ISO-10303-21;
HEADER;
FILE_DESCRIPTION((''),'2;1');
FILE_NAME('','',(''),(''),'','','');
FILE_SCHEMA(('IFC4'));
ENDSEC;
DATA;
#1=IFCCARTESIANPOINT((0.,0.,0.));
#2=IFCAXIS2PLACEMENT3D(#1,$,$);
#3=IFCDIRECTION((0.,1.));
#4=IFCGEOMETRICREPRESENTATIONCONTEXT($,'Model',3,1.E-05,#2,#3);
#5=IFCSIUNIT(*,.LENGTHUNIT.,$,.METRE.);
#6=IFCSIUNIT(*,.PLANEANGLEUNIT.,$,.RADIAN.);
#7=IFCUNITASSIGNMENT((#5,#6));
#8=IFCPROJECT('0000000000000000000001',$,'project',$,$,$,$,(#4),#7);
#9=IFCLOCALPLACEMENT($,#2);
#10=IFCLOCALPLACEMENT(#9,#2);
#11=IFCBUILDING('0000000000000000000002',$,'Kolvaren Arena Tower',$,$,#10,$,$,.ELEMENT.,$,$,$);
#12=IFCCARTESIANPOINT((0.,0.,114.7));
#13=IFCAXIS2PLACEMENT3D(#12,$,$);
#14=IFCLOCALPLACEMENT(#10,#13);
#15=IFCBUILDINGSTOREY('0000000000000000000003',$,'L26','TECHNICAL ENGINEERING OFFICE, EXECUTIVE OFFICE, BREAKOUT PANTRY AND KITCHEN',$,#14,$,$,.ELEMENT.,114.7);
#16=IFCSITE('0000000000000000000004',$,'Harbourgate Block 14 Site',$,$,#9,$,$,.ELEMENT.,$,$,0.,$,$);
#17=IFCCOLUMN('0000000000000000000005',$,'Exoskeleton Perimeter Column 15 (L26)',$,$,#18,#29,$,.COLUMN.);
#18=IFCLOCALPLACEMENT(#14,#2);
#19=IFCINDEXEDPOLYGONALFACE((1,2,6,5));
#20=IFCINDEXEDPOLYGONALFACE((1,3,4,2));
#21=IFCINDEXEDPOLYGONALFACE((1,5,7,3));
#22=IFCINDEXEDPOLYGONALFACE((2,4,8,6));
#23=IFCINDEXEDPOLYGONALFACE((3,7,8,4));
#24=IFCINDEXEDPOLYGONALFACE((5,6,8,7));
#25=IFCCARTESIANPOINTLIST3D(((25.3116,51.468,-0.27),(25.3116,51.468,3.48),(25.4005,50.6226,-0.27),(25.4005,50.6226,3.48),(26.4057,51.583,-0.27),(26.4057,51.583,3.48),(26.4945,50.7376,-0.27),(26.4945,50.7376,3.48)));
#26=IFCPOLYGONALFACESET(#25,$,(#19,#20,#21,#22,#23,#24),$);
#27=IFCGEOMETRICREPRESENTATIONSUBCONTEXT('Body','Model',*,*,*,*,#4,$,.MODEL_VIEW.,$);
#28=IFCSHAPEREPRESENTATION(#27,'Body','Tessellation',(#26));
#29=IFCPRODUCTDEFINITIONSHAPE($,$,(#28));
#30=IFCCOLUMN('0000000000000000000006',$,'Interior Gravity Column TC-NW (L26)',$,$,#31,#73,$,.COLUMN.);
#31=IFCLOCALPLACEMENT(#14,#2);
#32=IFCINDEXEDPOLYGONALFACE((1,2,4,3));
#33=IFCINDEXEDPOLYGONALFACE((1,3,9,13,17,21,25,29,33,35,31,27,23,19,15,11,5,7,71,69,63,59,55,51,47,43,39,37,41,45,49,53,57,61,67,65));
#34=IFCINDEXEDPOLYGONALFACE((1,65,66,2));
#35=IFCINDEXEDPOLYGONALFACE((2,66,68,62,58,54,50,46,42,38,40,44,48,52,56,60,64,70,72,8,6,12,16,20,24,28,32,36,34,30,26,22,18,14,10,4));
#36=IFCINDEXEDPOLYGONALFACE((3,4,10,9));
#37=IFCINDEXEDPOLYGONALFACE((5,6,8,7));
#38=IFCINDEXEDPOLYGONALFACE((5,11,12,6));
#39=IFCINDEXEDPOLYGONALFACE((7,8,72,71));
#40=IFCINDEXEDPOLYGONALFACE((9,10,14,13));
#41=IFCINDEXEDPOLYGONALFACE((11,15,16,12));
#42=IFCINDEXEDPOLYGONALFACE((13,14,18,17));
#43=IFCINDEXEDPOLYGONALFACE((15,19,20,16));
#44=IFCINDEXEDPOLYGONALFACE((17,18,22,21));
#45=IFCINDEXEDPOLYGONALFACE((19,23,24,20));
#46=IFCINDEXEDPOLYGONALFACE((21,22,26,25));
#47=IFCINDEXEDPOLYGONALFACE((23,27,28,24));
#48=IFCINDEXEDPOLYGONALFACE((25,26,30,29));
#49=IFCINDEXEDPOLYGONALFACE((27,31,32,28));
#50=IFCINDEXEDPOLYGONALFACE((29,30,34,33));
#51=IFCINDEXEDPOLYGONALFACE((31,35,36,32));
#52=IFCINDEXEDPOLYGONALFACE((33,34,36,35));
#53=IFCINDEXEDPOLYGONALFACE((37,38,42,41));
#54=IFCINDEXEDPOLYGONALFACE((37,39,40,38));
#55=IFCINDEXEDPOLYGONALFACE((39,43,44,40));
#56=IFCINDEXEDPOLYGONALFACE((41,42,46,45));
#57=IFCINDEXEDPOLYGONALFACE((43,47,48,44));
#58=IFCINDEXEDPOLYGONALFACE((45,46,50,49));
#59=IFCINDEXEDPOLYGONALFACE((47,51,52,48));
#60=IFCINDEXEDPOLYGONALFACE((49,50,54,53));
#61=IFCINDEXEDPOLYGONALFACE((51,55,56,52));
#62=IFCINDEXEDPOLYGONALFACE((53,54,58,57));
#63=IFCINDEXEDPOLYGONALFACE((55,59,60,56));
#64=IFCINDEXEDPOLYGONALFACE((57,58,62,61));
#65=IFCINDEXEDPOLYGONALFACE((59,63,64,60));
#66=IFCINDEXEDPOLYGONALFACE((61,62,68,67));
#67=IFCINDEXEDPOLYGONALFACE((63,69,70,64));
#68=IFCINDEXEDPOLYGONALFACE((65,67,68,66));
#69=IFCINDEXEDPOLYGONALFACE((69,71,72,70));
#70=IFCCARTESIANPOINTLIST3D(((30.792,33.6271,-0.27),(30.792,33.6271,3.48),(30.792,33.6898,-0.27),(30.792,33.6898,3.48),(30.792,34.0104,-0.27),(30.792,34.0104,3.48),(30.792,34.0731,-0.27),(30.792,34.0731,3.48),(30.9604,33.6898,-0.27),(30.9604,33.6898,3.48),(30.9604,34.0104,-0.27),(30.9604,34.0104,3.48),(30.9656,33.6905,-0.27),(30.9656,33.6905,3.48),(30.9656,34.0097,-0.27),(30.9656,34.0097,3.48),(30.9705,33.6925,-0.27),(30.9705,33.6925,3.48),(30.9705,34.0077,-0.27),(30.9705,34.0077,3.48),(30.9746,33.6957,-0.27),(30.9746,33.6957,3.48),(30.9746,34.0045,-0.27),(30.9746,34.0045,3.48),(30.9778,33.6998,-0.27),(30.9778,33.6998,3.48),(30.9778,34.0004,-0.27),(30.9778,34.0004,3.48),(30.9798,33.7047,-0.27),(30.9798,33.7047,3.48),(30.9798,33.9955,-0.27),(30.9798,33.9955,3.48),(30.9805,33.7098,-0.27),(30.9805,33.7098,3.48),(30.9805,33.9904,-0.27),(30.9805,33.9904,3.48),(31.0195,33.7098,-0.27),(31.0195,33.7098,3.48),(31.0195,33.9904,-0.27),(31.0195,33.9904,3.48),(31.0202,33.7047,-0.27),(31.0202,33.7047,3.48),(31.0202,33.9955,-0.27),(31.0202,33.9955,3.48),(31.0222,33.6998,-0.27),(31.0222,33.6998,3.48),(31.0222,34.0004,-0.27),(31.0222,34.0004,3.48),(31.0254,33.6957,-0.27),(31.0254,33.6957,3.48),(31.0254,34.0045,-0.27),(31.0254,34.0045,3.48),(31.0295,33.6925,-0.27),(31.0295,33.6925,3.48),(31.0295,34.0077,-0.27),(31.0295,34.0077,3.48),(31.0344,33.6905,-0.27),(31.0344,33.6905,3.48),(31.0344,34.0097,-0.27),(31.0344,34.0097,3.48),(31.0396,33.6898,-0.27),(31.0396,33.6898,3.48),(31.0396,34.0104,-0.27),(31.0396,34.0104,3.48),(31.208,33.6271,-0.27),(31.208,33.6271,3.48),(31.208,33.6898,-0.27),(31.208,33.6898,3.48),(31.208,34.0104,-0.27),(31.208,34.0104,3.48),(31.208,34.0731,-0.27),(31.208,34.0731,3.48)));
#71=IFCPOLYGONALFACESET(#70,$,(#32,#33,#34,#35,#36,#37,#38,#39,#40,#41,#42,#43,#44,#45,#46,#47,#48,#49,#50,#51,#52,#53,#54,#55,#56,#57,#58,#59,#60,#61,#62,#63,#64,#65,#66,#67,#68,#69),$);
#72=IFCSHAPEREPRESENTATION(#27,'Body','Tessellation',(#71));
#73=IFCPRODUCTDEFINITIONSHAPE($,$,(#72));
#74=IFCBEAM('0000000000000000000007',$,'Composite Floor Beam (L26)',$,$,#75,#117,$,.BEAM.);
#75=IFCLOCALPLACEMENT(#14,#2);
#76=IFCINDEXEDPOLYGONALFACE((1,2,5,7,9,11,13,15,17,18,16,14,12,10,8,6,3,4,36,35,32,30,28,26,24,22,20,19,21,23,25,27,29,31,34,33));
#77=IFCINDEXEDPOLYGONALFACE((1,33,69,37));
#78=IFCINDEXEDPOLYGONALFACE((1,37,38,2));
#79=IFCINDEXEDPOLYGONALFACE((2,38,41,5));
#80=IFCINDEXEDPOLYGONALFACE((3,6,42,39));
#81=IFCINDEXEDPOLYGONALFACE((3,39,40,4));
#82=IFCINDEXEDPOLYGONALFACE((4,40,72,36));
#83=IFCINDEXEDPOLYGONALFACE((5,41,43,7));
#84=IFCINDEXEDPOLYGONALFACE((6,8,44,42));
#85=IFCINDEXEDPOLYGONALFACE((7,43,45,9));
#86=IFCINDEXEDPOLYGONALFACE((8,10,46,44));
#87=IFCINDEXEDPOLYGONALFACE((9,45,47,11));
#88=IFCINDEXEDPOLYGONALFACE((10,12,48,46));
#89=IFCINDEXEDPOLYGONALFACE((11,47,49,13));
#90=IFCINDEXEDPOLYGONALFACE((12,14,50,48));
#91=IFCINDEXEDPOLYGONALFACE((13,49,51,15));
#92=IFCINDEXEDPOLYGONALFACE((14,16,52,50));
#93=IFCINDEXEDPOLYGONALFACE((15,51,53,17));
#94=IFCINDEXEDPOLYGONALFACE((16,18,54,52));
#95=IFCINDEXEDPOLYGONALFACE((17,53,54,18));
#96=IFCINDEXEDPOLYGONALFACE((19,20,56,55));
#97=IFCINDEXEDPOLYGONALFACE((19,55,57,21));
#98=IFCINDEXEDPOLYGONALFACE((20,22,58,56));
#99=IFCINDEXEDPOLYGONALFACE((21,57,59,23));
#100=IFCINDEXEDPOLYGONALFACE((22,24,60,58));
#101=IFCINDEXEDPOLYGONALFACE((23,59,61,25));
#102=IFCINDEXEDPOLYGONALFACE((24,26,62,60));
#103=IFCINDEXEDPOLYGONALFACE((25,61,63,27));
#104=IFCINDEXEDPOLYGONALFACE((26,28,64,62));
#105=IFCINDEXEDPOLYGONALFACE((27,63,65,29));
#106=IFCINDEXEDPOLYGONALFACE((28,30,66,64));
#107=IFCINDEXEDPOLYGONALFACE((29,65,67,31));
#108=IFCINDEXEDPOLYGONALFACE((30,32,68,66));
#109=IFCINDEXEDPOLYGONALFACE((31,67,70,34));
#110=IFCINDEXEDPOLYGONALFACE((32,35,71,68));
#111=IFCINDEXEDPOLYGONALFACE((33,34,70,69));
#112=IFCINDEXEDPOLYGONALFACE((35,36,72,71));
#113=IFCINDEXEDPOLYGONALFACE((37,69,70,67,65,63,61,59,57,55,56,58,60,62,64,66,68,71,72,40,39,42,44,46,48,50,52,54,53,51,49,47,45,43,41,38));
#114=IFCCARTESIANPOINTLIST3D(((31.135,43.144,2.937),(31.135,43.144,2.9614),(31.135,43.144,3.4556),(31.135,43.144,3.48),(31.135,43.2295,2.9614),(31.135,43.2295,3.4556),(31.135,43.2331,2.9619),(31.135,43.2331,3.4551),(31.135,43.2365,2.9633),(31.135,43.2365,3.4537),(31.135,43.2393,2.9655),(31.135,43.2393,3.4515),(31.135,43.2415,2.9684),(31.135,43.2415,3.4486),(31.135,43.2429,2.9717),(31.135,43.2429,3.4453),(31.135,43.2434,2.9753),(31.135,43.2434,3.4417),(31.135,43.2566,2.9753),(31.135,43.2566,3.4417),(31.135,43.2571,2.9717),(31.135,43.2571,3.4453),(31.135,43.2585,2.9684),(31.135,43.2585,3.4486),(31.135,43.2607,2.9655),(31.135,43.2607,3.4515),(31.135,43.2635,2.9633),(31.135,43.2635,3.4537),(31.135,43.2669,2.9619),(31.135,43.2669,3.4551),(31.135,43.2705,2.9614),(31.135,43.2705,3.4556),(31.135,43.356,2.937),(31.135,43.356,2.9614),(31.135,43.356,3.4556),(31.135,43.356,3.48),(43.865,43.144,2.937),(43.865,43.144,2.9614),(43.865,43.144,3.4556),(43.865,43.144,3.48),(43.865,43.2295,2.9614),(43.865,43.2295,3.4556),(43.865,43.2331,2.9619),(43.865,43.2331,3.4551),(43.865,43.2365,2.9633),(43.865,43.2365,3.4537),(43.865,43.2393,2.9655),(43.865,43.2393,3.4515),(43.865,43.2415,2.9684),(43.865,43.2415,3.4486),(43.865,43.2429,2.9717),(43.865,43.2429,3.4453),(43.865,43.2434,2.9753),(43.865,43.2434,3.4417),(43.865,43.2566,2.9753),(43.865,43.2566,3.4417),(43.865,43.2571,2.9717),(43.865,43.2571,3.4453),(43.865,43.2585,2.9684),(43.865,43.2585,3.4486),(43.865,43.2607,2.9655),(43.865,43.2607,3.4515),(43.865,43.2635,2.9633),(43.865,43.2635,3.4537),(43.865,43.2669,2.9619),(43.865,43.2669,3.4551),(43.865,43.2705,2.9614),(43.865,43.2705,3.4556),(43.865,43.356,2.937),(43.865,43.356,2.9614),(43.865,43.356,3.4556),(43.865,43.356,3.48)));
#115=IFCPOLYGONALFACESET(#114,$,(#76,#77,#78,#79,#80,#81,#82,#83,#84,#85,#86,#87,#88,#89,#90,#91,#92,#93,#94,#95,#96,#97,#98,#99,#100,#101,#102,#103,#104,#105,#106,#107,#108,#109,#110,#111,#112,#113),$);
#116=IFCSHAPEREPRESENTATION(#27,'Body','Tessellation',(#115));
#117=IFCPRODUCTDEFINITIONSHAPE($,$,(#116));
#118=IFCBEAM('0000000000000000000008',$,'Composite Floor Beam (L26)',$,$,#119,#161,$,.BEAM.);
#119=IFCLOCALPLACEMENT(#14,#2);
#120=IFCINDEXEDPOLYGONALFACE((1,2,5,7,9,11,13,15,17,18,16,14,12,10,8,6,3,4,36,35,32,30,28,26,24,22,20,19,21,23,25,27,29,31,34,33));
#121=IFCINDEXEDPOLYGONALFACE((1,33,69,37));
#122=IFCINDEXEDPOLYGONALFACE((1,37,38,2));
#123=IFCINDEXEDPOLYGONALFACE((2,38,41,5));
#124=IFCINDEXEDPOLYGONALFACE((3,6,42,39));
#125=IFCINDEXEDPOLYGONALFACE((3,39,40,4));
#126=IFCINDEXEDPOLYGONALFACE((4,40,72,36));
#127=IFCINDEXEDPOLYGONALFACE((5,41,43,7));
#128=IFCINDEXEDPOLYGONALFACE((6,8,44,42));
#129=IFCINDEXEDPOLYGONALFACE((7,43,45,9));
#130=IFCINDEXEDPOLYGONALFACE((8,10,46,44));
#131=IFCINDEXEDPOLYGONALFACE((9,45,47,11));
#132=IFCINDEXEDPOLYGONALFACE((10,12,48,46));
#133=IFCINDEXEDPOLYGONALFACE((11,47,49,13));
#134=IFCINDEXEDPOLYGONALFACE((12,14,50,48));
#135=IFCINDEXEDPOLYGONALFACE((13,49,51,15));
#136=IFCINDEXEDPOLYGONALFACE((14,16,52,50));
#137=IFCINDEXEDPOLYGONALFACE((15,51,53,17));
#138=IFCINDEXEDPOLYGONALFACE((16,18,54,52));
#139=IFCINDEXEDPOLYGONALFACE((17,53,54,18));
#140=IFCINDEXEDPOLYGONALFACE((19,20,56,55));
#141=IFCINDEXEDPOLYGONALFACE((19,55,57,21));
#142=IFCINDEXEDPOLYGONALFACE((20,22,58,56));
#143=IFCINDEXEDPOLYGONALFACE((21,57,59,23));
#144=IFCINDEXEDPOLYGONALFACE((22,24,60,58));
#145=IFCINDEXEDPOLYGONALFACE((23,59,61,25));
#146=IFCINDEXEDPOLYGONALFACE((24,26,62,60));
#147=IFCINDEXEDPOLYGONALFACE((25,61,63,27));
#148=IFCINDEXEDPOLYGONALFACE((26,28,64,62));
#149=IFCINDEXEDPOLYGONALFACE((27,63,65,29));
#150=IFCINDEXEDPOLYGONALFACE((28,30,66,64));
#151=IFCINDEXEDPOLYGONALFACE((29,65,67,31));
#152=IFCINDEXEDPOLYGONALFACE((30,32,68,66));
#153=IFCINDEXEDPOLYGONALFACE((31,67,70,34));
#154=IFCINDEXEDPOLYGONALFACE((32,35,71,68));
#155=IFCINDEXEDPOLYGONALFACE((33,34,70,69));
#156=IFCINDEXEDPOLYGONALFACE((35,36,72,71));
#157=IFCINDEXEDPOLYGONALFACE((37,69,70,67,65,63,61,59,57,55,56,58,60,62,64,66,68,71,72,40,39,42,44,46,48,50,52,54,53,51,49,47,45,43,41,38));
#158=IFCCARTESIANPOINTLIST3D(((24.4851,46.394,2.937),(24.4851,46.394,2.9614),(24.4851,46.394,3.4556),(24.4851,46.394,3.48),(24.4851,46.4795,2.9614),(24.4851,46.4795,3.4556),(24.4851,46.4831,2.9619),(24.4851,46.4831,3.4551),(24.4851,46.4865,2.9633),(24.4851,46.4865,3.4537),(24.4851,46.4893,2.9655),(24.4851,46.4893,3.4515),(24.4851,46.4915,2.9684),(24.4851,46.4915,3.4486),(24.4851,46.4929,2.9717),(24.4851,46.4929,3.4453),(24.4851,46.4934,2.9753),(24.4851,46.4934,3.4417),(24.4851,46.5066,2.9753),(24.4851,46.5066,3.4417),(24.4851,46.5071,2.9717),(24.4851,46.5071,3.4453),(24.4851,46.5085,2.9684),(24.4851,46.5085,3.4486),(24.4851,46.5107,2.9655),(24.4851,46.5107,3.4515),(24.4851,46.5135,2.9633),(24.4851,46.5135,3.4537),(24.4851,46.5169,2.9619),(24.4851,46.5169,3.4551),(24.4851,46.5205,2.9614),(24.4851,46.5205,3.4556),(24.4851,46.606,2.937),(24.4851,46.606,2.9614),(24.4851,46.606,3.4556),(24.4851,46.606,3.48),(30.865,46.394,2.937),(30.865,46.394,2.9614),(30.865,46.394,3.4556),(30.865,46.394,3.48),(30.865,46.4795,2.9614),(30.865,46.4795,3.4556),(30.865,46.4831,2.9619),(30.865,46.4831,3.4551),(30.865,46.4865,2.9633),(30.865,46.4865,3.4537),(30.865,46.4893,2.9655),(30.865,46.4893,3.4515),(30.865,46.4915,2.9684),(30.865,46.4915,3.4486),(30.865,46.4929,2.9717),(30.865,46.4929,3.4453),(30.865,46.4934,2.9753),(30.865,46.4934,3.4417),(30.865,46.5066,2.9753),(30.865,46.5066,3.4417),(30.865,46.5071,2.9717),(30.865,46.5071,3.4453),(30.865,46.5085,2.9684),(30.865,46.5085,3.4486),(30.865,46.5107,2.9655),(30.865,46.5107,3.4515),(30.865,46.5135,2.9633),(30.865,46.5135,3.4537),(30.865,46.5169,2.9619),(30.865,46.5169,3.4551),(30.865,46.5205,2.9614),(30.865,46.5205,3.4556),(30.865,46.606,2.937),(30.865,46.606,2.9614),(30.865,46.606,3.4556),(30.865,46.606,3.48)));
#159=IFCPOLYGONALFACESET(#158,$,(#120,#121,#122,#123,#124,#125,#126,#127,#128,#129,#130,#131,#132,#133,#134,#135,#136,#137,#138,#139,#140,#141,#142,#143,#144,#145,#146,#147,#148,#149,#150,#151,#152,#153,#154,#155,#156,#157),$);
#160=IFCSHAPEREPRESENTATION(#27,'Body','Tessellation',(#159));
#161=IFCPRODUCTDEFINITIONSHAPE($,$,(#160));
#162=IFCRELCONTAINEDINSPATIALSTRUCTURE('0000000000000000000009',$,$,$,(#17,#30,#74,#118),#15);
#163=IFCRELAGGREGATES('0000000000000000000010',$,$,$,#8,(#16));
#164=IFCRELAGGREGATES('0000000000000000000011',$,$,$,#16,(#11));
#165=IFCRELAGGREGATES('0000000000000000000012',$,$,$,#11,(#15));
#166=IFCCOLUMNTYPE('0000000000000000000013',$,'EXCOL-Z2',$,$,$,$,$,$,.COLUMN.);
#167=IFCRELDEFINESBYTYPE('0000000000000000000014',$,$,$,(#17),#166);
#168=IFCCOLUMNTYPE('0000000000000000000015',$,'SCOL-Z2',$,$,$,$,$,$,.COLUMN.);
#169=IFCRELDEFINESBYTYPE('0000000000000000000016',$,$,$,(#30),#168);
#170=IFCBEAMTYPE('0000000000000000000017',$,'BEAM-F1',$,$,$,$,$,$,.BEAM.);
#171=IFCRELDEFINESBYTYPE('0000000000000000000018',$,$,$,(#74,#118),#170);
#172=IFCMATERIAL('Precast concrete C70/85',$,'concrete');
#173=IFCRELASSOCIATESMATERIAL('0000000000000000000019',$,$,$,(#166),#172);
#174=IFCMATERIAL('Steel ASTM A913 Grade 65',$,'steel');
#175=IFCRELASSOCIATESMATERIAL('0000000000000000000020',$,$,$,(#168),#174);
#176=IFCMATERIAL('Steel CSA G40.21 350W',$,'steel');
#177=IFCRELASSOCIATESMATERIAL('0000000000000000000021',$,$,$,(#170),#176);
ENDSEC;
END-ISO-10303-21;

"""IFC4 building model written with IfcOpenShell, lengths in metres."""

from ifc_helpers import new_model, si_unit, direction, frame, origin, origin_2d, place, context, subcontext, project, spatial, rectangle, i_section, extrude, material, material_profile, profile_set, type_object, element, save


model = new_model("IFC4")

# Units and contexts
model_context = context("Model", 3, precision=1e-05, world=origin(), true_north=direction((0.0, 1.0)))
body_context = subcontext(model_context, "Body", "Model", "MODEL_VIEW")
ifc_project = project(units=[si_unit("LENGTHUNIT", "METRE"), si_unit("PLANEANGLEUNIT", "RADIAN")], contexts=[model_context])

# Site, building, storey
site_placement = place(None, origin())
site = spatial("IfcSite", under=ifc_project, at=site_placement, Name="Harbourgate Block 14 Site", CompositionType="ELEMENT", RefElevation=0.0)
building_placement = place(site_placement, origin())
building = spatial("IfcBuilding", under=site, at=building_placement, Name="Kolvaren Arena Tower", CompositionType="ELEMENT")
storey_placement = place(building_placement, frame((0.0, 0.0, 114.7)))
storey = spatial("IfcBuildingStorey", under=building, at=storey_placement, Name="L26", Description="TECHNICAL ENGINEERING OFFICE, EXECUTIVE OFFICE, BREAKOUT PANTRY AND KITCHEN", CompositionType="ELEMENT", Elevation=114.7)

# Columns
ifc_material_1 = material(Name="Precast concrete C70/85", Category="concrete")
ifc_material_profile_1 = material_profile(ifc_material_1, rectangle(XDim=1.1001, YDim=0.8501, at=origin_2d()), Name="RC-1100x850")
ifc_profile_set_1 = profile_set([ifc_material_profile_1], Name="Precast concrete C70/85")
column_type_1 = type_object("IfcColumnType", Name="EXCOL-Z2", PredefinedType="COLUMN", material=ifc_profile_set_1)
column_1_placement = place(storey_placement, frame((25.9031, 51.1028, -0.27), z_axis=(0.0, 0.0, 1.0), x_axis=(0.994522, 0.104528, 0.0)))
element("IfcColumn", 1, at=column_1_placement, inside=storey, type_object=column_type_1, Name="Exoskeleton Perimeter Column 15 (L26)", PredefinedType="COLUMN", context=body_context, shape_type="SweptSolid", body=[
    extrude(rectangle(XDim=1.1001, YDim=0.8501, at=origin_2d()), origin(), (0.0, 0.0, 1.0), 3.75),
])
ifc_material_2 = material(Name="Steel ASTM A913 Grade 65", Category="steel")
ifc_material_profile_2 = material_profile(ifc_material_2, i_section(OverallWidth=0.416, OverallDepth=0.446, WebThickness=0.0391, FlangeThickness=0.0627, FilletRadius=0.02, at=origin_2d()), Name="W360x509")
ifc_profile_set_2 = profile_set([ifc_material_profile_2], Name="Steel ASTM A913 Grade 65")
column_type_2 = type_object("IfcColumnType", Name="SCOL-Z2", PredefinedType="COLUMN", material=ifc_profile_set_2)
column_2_placement = place(storey_placement, frame((31.0, 33.8501, -0.27), z_axis=(0.0, 0.0, 1.0), x_axis=(1.0, 0.0, 0.0)))
element("IfcColumn", 2, at=column_2_placement, inside=storey, type_object=column_type_2, Name="Interior Gravity Column TC-NW (L26)", PredefinedType="COLUMN", context=body_context, shape_type="SweptSolid", body=[
    extrude(i_section(OverallWidth=0.416, OverallDepth=0.446, WebThickness=0.0391, FlangeThickness=0.0627, FilletRadius=0.02, at=origin_2d()), origin(), (0.0, 0.0, 1.0), 3.75),
])

# Beams
ifc_material_3 = material(Name="Steel CSA G40.21 350W", Category="steel")
ifc_material_profile_3 = material_profile(ifc_material_3, i_section(OverallWidth=0.2119, OverallDepth=0.543, WebThickness=0.0132, FlangeThickness=0.0244, FilletRadius=0.0139, at=origin_2d()), Name="W530x150")
ifc_profile_set_3 = profile_set([ifc_material_profile_3], Name="Steel CSA G40.21 350W")
beam_type_1 = type_object("IfcBeamType", Name="BEAM-F1", PredefinedType="BEAM", material=ifc_profile_set_3)
beam_1_placement = place(storey_placement, frame((31.135, 43.25, 3.2085), z_axis=(1.0, 0.0, 0.0), x_axis=(0.0, 1.0, 0.0)))
element("IfcBeam", 3, at=beam_1_placement, inside=storey, type_object=beam_type_1, Name="Composite Floor Beam (L26)", PredefinedType="BEAM", context=body_context, shape_type="SweptSolid", body=[
    extrude(i_section(OverallWidth=0.2119, OverallDepth=0.543, WebThickness=0.0132, FlangeThickness=0.0244, FilletRadius=0.0139, at=origin_2d()), origin(), (0.0, 0.0, 1.0), 12.73),
])
for number, where, z_axis, x_axis, name in (
    (4, (24.4851, 46.5, 3.2085), (1.0, 0.0, 0.0), (0.0, 1.0, 0.0), "Composite Floor Beam (L26)"),
):
    element("IfcBeam", number, at=place(storey_placement, frame(where, z_axis=z_axis, x_axis=x_axis)), inside=storey, type_object=beam_type_1, Name=name, PredefinedType="BEAM", context=body_context, shape_type="SweptSolid", body=[
        extrude(i_section(OverallWidth=0.2119, OverallDepth=0.543, WebThickness=0.0132, FlangeThickness=0.0244, FilletRadius=0.0139, at=origin_2d()), origin(), (0.0, 0.0, 1.0), 6.3799),
    ])

save(model, "model.ifc")
